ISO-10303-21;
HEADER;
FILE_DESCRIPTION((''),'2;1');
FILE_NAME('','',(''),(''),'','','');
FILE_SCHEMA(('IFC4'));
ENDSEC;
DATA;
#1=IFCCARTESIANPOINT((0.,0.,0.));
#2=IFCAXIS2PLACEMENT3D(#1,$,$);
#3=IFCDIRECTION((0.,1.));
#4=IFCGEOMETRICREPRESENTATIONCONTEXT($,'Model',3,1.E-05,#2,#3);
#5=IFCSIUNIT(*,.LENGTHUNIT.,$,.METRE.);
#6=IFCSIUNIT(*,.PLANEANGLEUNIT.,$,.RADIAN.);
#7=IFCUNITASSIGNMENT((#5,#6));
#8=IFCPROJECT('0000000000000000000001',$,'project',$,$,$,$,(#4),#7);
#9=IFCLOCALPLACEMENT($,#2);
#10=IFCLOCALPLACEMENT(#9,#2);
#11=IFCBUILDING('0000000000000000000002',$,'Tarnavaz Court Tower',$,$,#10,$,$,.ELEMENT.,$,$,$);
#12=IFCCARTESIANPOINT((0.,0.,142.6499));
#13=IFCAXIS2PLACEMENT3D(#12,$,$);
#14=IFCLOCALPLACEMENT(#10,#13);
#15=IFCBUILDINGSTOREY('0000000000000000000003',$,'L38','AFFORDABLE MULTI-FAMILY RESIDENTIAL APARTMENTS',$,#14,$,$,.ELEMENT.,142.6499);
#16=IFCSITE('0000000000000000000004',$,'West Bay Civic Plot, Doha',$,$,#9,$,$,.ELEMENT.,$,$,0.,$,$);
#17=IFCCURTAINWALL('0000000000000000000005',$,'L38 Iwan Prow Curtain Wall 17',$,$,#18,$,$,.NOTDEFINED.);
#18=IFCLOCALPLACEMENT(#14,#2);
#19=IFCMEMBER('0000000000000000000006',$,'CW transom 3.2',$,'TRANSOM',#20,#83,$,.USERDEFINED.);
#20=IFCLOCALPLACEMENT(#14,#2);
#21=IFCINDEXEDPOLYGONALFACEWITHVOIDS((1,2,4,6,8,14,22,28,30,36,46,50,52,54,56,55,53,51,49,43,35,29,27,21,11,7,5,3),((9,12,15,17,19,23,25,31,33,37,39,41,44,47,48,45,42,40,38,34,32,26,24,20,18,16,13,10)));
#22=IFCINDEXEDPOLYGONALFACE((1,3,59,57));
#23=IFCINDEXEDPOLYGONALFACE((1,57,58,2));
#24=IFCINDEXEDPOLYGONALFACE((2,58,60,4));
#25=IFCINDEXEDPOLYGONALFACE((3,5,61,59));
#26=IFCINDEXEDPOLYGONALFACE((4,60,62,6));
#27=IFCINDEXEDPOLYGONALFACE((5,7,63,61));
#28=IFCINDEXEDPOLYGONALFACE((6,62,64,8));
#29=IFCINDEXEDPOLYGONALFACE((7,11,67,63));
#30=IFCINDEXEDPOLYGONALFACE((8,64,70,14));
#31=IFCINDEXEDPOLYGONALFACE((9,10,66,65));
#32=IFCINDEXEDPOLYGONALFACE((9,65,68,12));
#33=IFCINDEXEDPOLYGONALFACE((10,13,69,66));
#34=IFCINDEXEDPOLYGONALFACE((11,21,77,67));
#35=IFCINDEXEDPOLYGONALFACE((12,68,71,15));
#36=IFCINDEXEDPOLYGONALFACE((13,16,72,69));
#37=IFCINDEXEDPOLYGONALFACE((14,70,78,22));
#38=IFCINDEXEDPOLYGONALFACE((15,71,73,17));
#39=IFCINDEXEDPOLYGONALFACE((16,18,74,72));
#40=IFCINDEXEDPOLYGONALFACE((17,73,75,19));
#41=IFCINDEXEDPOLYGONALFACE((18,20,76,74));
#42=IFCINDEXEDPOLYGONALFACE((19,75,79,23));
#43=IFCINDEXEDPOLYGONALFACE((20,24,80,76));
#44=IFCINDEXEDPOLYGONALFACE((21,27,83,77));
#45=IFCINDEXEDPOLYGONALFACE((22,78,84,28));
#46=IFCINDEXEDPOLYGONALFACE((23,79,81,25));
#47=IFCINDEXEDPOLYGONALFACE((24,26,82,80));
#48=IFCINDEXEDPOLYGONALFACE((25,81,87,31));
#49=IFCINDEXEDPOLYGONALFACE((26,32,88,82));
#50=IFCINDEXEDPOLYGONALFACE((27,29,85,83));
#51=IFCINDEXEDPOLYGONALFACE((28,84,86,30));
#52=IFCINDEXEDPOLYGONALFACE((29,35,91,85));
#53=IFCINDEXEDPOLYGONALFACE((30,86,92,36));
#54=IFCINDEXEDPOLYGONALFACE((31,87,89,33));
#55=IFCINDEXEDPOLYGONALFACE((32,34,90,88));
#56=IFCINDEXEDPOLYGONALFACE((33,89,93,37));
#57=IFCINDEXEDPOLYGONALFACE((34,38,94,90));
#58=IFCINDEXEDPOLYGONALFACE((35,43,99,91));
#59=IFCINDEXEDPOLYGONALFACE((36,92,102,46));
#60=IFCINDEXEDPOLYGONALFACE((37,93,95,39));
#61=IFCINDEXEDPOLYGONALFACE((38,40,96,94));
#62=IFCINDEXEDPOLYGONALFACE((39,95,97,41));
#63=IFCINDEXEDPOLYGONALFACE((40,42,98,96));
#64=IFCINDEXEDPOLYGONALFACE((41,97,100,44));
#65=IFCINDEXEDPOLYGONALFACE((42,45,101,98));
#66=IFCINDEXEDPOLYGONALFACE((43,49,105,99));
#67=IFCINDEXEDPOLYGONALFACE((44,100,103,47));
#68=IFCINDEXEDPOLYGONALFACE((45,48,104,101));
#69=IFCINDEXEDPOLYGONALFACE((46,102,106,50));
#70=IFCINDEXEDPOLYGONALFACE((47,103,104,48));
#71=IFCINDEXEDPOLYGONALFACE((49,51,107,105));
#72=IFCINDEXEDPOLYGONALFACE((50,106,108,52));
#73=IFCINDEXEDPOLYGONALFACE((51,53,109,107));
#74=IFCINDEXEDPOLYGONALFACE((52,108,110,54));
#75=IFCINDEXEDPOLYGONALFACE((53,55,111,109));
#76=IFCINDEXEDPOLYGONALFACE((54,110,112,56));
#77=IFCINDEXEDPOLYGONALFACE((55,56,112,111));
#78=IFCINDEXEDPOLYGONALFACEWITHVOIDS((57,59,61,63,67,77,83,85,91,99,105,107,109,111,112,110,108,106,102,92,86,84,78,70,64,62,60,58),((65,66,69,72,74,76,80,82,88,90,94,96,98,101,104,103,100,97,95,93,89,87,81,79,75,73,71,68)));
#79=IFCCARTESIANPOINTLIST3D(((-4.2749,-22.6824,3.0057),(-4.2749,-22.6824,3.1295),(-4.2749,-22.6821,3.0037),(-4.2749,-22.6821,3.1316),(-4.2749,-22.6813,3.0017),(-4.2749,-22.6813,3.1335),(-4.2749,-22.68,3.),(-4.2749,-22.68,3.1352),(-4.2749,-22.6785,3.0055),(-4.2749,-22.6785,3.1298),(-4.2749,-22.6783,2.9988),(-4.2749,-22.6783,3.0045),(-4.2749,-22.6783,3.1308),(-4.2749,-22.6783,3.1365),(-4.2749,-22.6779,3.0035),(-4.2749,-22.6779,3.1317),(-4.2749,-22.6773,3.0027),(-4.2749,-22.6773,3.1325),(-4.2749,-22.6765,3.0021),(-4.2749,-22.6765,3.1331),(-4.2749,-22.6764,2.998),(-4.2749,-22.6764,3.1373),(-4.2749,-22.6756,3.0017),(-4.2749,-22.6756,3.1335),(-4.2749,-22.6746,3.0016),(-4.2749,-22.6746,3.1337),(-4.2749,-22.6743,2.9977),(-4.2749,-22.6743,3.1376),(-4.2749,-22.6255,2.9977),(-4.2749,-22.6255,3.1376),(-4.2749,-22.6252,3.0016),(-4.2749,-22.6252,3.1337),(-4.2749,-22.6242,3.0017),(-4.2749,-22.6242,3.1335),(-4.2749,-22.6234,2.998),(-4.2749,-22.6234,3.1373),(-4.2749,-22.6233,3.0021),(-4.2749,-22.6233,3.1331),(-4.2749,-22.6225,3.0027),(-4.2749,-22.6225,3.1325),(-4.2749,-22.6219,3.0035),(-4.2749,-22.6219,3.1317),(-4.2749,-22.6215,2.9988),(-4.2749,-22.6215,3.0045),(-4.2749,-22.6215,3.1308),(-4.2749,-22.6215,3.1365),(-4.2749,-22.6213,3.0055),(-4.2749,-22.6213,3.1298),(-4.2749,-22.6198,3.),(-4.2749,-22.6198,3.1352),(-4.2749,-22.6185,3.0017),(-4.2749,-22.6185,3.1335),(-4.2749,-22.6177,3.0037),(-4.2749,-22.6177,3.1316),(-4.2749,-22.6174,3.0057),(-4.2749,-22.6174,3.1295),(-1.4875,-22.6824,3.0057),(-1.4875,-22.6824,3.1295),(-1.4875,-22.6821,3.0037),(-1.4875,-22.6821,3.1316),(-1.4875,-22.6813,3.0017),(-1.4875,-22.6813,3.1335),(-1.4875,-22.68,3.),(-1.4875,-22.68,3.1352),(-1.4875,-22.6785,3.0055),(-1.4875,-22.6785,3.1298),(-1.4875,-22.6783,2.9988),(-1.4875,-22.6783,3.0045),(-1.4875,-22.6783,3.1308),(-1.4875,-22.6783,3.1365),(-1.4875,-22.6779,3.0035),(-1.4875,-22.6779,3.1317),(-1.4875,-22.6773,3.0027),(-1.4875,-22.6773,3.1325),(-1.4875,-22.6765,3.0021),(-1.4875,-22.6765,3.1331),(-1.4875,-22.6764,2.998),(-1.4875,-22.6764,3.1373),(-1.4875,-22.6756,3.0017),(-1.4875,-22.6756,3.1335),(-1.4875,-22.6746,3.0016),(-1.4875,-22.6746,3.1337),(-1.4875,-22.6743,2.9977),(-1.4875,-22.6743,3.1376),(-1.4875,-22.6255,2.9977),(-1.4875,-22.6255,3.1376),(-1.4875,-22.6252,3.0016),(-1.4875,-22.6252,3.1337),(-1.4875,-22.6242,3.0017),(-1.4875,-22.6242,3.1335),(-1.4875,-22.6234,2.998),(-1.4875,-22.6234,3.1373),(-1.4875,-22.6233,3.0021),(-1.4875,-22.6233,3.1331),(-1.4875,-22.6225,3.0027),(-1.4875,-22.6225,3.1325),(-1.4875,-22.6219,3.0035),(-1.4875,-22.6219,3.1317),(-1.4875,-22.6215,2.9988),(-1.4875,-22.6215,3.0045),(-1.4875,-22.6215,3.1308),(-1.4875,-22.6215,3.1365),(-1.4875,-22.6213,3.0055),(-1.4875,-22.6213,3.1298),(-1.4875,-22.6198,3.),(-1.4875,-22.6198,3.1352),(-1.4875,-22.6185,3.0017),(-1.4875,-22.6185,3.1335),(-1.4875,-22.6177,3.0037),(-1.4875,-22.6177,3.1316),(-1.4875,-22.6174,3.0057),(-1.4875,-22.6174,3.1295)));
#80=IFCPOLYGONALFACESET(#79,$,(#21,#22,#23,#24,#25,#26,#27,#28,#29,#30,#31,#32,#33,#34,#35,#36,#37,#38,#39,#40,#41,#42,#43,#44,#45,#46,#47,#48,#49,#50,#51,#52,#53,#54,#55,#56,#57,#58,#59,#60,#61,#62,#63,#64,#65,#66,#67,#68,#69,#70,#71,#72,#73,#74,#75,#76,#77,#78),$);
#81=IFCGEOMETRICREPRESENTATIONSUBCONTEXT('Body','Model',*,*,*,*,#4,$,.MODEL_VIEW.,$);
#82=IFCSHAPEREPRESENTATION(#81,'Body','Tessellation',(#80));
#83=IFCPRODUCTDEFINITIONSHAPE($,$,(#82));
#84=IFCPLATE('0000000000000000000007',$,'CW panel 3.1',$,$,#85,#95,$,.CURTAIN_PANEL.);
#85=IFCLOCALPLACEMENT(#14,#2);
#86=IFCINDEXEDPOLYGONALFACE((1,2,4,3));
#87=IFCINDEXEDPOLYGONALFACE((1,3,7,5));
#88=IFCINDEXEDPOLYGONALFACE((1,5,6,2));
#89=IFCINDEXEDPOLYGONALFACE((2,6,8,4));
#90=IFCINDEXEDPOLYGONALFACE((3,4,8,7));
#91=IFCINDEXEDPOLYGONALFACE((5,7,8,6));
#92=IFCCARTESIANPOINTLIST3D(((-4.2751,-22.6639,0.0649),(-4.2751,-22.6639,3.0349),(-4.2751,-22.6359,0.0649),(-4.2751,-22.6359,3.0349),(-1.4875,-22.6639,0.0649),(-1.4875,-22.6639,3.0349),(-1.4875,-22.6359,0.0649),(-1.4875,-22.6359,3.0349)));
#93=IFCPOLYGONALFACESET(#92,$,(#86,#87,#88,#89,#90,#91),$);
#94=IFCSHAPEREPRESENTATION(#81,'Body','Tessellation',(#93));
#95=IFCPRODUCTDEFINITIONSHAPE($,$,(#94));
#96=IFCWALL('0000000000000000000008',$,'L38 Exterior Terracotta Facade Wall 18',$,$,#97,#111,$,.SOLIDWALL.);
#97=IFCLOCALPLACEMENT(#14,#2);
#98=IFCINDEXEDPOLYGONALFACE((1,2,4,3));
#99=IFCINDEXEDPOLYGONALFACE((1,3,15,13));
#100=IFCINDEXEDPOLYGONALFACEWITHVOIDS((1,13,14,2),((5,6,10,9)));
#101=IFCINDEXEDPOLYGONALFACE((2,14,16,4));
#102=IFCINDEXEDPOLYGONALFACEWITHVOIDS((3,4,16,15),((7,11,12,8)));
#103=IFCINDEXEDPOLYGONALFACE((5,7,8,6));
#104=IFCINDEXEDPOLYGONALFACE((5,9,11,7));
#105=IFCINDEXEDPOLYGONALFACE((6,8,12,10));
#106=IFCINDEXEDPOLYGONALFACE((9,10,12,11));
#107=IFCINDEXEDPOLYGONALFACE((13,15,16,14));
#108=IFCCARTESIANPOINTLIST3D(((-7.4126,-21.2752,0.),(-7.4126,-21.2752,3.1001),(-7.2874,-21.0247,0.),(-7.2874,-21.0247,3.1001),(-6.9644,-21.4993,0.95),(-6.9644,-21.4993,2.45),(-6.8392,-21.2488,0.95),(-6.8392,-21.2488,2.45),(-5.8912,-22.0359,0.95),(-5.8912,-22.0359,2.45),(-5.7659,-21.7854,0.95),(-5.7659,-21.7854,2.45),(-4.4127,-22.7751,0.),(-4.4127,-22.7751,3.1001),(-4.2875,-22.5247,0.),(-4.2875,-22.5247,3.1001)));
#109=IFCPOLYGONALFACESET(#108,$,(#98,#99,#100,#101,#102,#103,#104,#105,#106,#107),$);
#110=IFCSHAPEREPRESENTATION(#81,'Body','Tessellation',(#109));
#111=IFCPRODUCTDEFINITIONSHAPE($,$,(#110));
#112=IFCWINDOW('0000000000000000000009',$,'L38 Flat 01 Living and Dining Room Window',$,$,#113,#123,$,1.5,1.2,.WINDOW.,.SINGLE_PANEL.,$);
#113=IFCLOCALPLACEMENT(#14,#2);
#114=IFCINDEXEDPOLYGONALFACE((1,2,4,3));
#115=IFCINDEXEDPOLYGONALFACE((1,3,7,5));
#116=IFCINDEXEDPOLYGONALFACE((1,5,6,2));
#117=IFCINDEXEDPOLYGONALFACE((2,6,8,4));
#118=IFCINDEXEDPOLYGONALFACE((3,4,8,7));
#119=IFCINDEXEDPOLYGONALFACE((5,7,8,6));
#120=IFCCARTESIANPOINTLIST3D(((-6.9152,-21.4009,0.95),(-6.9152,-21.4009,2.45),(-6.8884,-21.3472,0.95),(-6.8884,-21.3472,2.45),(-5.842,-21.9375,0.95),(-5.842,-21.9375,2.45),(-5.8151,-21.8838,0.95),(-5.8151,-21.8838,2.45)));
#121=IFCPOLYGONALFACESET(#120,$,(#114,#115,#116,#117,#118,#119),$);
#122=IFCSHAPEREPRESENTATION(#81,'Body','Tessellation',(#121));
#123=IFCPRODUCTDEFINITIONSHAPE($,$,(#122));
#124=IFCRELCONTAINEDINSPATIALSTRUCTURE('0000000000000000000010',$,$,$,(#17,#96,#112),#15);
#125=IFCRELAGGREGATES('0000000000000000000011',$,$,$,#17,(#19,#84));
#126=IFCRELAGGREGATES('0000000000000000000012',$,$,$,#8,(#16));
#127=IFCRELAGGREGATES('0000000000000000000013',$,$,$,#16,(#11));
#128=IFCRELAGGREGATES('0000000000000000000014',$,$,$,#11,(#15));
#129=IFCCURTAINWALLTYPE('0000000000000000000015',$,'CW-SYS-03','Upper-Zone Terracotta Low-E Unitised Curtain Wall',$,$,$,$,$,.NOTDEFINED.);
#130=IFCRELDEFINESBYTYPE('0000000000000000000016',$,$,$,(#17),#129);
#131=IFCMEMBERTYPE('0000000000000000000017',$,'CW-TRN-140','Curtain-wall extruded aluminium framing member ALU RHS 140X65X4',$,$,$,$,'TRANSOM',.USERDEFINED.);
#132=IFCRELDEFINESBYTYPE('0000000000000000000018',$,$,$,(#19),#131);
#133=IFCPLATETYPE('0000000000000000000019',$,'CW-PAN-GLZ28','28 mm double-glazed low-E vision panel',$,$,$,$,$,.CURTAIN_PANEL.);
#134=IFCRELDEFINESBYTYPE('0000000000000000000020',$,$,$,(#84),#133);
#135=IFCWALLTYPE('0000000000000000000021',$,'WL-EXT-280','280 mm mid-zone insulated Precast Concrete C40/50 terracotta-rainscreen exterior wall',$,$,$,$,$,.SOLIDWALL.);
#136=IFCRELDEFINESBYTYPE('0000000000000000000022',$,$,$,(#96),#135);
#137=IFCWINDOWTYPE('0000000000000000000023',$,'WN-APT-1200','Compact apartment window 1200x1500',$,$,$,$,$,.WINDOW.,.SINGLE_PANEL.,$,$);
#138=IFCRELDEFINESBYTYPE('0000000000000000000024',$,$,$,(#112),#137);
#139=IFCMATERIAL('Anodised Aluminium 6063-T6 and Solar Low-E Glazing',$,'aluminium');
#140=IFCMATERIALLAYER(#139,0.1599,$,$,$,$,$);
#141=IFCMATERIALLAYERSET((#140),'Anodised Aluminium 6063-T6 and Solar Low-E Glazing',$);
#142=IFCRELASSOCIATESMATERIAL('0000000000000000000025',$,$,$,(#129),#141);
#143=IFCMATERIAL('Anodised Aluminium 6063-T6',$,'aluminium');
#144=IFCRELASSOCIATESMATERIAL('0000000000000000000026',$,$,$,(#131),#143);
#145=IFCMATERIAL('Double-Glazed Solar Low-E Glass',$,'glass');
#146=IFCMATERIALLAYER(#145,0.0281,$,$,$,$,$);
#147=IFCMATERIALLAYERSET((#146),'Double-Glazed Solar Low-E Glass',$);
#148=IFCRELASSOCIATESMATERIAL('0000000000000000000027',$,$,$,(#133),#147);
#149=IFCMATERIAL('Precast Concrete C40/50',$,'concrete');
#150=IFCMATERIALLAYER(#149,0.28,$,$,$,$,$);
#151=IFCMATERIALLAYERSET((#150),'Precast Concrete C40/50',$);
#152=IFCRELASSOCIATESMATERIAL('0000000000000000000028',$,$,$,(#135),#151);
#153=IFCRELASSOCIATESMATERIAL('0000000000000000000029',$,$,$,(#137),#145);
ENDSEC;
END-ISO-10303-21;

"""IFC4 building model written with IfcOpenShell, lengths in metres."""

from ifc_helpers import new_model, si_unit, direction, frame, frame_2d, origin, origin_2d, place, context, subcontext, project, spatial, rectangle, hollow_rectangle, extrude, material, layer, layer_set, material_profile, profile_set, type_object, element, fill, aggregate, save


model = new_model("IFC4")

# Units and contexts
model_context = context("Model", 3, precision=1e-05, world=origin(), true_north=direction((0.0, 1.0)))
body_context = subcontext(model_context, "Body", "Model", "MODEL_VIEW")
ifc_project = project(units=[si_unit("LENGTHUNIT", "METRE"), si_unit("PLANEANGLEUNIT", "RADIAN")], contexts=[model_context])

# Site, building, storey
site_placement = place(None, origin())
site = spatial("IfcSite", under=ifc_project, at=site_placement, Name="West Bay Civic Plot, Doha", CompositionType="ELEMENT", RefElevation=0.0)
building_placement = place(site_placement, origin())
building = spatial("IfcBuilding", under=site, at=building_placement, Name="Tarnavaz Court Tower", CompositionType="ELEMENT")
storey_placement = place(building_placement, frame((0.0, 0.0, 142.6499)))
storey = spatial("IfcBuildingStorey", under=building, at=storey_placement, Name="L38", Description="AFFORDABLE MULTI-FAMILY RESIDENTIAL APARTMENTS", CompositionType="ELEMENT", Elevation=142.6499)

# Curtain wall, member, plate
ifc_material_1 = material(Name="Anodised Aluminium 6063-T6 and Solar Low-E Glazing", Category="aluminium")
ifc_layer_1 = layer(ifc_material_1, 0.1599)
ifc_layer_set_1 = layer_set([ifc_layer_1], Name="Anodised Aluminium 6063-T6 and Solar Low-E Glazing")
curtain_wall_type = type_object("IfcCurtainWallType", Name="CW-SYS-03", Description="Upper-Zone Terracotta Low-E Unitised Curtain Wall", PredefinedType="NOTDEFINED", material=ifc_layer_set_1)
curtain_wall_placement = place(storey_placement, origin())
curtain_wall = element("IfcCurtainWall", 1, at=curtain_wall_placement, inside=storey, type_object=curtain_wall_type, Name="L38 Iwan Prow Curtain Wall 17", PredefinedType="NOTDEFINED")
ifc_material_2 = material(Name="Anodised Aluminium 6063-T6", Category="aluminium")
ifc_material_profile_1 = material_profile(ifc_material_2, hollow_rectangle(XDim=0.0649, YDim=0.1399, WallThickness=0.0039, InnerFilletRadius=0.0039, OuterFilletRadius=0.0081, at=origin_2d()), Name="ALU RHS 140X65X4")
ifc_profile_set_1 = profile_set([ifc_material_profile_1], Name="Anodised Aluminium 6063-T6")
member_type_1 = type_object("IfcMemberType", Name="CW-TRN-140", Description="Curtain-wall extruded aluminium framing member ALU RHS 140X65X4", ElementType="TRANSOM", PredefinedType="USERDEFINED", material=ifc_profile_set_1)
member_1_placement = place(storey_placement, frame((-1.4875, -22.6499, 3.0676), z_axis=(-1.0, 0.0, 0.0), x_axis=(0.0, -1.0, 0.0)))
member_1 = element("IfcMember", 2, at=member_1_placement, type_object=member_type_1, Name="CW transom 3.2", ObjectType="TRANSOM", PredefinedType="USERDEFINED", context=body_context, shape_type="SweptSolid", body=[
    extrude(hollow_rectangle(XDim=0.0649, YDim=0.1399, WallThickness=0.0039, InnerFilletRadius=0.0039, OuterFilletRadius=0.0081, at=origin_2d()), origin(), (0.0, 0.0, 1.0), 2.7874),
])
ifc_material_3 = material(Name="Double-Glazed Solar Low-E Glass", Category="glass")
ifc_layer_2 = layer(ifc_material_3, 0.0281)
ifc_layer_set_2 = layer_set([ifc_layer_2], Name="Double-Glazed Solar Low-E Glass")
plate_type = type_object("IfcPlateType", Name="CW-PAN-GLZ28", Description="28 mm double-glazed low-E vision panel", PredefinedType="CURTAIN_PANEL", material=ifc_layer_set_2)
plate_placement = place(storey_placement, frame((-2.8813, -22.6499, 0.0649), z_axis=(0.0, 0.0, 1.0), x_axis=(-1.0, 0.0, 0.0)))
plate = element("IfcPlate", 3, at=plate_placement, type_object=plate_type, Name="CW panel 3.1", PredefinedType="CURTAIN_PANEL", context=body_context, shape_type="SweptSolid", body=[
    extrude(rectangle(XDim=2.7876, YDim=0.0281, at=origin_2d()), origin(), (0.0, 0.0, 1.0), 2.97),
])
aggregate(curtain_wall, [member_1, plate])

# Wall, opening, window
ifc_material_4 = material(Name="Precast Concrete C40/50", Category="concrete")
ifc_layer_3 = layer(ifc_material_4, 0.28)
ifc_layer_set_3 = layer_set([ifc_layer_3], Name="Precast Concrete C40/50")
wall_type_1 = type_object("IfcWallType", Name="WL-EXT-280", Description="280 mm mid-zone insulated Precast Concrete C40/50 terracotta-rainscreen exterior wall", PredefinedType="SOLIDWALL", material=ifc_layer_set_3)
wall_1_placement = place(storey_placement, frame((-4.3501, -22.6499, 0.0), z_axis=(0.0, 0.0, 1.0), x_axis=(-0.894427, 0.447214, 0.0)))
wall_1 = element("IfcWall", 4, at=wall_1_placement, inside=storey, type_object=wall_type_1, Name="L38 Exterior Terracotta Facade Wall 18", PredefinedType="SOLIDWALL", context=body_context, shape_type="SweptSolid", body=[
    extrude(rectangle(XDim=3.354, YDim=0.28, at=frame_2d((1.677, 0.0))), origin(), (0.0, 0.0, 1.0), 3.1001),
])
opening_1_placement = place(wall_1_placement, frame((1.6528, 0.0, 0.95)))
opening_1 = element("IfcOpeningElement", 5, at=opening_1_placement, cuts=wall_1, PredefinedType="OPENING", context=body_context, shape_type="SweptSolid", body=[
    extrude(rectangle(XDim=1.2, YDim=1.5, at=frame_2d((0.6001, 0.75))), frame((0.0, 0.1499, 0.0), z_axis=(0.0, -1.0, 0.0), x_axis=(1.0, 0.0, 0.0)), (0.0, 0.0, 1.0), 0.3),
])
window_type_1 = type_object("IfcWindowType", Name="WN-APT-1200", Description="Compact apartment window 1200x1500", PartitioningType="SINGLE_PANEL", PredefinedType="WINDOW", material=ifc_material_3)
window_1_placement = place(opening_1_placement, origin())
window_1 = element("IfcWindow", 6, at=window_1_placement, inside=storey, type_object=window_type_1, Name="L38 Flat 01 Living and Dining Room Window", OverallHeight=1.5, OverallWidth=1.2, PartitioningType="SINGLE_PANEL", PredefinedType="WINDOW", context=body_context, shape_type="SweptSolid", body=[
    extrude(rectangle(XDim=1.2, YDim=1.5, at=frame_2d((0.6001, 0.75))), frame((0.0, 0.03, 0.0), z_axis=(0.0, -1.0, 0.0), x_axis=(1.0, 0.0, 0.0)), (0.0, 0.0, 1.0), 0.0601),
])
fill(opening_1, window_1)

save(model, "model.ifc")
